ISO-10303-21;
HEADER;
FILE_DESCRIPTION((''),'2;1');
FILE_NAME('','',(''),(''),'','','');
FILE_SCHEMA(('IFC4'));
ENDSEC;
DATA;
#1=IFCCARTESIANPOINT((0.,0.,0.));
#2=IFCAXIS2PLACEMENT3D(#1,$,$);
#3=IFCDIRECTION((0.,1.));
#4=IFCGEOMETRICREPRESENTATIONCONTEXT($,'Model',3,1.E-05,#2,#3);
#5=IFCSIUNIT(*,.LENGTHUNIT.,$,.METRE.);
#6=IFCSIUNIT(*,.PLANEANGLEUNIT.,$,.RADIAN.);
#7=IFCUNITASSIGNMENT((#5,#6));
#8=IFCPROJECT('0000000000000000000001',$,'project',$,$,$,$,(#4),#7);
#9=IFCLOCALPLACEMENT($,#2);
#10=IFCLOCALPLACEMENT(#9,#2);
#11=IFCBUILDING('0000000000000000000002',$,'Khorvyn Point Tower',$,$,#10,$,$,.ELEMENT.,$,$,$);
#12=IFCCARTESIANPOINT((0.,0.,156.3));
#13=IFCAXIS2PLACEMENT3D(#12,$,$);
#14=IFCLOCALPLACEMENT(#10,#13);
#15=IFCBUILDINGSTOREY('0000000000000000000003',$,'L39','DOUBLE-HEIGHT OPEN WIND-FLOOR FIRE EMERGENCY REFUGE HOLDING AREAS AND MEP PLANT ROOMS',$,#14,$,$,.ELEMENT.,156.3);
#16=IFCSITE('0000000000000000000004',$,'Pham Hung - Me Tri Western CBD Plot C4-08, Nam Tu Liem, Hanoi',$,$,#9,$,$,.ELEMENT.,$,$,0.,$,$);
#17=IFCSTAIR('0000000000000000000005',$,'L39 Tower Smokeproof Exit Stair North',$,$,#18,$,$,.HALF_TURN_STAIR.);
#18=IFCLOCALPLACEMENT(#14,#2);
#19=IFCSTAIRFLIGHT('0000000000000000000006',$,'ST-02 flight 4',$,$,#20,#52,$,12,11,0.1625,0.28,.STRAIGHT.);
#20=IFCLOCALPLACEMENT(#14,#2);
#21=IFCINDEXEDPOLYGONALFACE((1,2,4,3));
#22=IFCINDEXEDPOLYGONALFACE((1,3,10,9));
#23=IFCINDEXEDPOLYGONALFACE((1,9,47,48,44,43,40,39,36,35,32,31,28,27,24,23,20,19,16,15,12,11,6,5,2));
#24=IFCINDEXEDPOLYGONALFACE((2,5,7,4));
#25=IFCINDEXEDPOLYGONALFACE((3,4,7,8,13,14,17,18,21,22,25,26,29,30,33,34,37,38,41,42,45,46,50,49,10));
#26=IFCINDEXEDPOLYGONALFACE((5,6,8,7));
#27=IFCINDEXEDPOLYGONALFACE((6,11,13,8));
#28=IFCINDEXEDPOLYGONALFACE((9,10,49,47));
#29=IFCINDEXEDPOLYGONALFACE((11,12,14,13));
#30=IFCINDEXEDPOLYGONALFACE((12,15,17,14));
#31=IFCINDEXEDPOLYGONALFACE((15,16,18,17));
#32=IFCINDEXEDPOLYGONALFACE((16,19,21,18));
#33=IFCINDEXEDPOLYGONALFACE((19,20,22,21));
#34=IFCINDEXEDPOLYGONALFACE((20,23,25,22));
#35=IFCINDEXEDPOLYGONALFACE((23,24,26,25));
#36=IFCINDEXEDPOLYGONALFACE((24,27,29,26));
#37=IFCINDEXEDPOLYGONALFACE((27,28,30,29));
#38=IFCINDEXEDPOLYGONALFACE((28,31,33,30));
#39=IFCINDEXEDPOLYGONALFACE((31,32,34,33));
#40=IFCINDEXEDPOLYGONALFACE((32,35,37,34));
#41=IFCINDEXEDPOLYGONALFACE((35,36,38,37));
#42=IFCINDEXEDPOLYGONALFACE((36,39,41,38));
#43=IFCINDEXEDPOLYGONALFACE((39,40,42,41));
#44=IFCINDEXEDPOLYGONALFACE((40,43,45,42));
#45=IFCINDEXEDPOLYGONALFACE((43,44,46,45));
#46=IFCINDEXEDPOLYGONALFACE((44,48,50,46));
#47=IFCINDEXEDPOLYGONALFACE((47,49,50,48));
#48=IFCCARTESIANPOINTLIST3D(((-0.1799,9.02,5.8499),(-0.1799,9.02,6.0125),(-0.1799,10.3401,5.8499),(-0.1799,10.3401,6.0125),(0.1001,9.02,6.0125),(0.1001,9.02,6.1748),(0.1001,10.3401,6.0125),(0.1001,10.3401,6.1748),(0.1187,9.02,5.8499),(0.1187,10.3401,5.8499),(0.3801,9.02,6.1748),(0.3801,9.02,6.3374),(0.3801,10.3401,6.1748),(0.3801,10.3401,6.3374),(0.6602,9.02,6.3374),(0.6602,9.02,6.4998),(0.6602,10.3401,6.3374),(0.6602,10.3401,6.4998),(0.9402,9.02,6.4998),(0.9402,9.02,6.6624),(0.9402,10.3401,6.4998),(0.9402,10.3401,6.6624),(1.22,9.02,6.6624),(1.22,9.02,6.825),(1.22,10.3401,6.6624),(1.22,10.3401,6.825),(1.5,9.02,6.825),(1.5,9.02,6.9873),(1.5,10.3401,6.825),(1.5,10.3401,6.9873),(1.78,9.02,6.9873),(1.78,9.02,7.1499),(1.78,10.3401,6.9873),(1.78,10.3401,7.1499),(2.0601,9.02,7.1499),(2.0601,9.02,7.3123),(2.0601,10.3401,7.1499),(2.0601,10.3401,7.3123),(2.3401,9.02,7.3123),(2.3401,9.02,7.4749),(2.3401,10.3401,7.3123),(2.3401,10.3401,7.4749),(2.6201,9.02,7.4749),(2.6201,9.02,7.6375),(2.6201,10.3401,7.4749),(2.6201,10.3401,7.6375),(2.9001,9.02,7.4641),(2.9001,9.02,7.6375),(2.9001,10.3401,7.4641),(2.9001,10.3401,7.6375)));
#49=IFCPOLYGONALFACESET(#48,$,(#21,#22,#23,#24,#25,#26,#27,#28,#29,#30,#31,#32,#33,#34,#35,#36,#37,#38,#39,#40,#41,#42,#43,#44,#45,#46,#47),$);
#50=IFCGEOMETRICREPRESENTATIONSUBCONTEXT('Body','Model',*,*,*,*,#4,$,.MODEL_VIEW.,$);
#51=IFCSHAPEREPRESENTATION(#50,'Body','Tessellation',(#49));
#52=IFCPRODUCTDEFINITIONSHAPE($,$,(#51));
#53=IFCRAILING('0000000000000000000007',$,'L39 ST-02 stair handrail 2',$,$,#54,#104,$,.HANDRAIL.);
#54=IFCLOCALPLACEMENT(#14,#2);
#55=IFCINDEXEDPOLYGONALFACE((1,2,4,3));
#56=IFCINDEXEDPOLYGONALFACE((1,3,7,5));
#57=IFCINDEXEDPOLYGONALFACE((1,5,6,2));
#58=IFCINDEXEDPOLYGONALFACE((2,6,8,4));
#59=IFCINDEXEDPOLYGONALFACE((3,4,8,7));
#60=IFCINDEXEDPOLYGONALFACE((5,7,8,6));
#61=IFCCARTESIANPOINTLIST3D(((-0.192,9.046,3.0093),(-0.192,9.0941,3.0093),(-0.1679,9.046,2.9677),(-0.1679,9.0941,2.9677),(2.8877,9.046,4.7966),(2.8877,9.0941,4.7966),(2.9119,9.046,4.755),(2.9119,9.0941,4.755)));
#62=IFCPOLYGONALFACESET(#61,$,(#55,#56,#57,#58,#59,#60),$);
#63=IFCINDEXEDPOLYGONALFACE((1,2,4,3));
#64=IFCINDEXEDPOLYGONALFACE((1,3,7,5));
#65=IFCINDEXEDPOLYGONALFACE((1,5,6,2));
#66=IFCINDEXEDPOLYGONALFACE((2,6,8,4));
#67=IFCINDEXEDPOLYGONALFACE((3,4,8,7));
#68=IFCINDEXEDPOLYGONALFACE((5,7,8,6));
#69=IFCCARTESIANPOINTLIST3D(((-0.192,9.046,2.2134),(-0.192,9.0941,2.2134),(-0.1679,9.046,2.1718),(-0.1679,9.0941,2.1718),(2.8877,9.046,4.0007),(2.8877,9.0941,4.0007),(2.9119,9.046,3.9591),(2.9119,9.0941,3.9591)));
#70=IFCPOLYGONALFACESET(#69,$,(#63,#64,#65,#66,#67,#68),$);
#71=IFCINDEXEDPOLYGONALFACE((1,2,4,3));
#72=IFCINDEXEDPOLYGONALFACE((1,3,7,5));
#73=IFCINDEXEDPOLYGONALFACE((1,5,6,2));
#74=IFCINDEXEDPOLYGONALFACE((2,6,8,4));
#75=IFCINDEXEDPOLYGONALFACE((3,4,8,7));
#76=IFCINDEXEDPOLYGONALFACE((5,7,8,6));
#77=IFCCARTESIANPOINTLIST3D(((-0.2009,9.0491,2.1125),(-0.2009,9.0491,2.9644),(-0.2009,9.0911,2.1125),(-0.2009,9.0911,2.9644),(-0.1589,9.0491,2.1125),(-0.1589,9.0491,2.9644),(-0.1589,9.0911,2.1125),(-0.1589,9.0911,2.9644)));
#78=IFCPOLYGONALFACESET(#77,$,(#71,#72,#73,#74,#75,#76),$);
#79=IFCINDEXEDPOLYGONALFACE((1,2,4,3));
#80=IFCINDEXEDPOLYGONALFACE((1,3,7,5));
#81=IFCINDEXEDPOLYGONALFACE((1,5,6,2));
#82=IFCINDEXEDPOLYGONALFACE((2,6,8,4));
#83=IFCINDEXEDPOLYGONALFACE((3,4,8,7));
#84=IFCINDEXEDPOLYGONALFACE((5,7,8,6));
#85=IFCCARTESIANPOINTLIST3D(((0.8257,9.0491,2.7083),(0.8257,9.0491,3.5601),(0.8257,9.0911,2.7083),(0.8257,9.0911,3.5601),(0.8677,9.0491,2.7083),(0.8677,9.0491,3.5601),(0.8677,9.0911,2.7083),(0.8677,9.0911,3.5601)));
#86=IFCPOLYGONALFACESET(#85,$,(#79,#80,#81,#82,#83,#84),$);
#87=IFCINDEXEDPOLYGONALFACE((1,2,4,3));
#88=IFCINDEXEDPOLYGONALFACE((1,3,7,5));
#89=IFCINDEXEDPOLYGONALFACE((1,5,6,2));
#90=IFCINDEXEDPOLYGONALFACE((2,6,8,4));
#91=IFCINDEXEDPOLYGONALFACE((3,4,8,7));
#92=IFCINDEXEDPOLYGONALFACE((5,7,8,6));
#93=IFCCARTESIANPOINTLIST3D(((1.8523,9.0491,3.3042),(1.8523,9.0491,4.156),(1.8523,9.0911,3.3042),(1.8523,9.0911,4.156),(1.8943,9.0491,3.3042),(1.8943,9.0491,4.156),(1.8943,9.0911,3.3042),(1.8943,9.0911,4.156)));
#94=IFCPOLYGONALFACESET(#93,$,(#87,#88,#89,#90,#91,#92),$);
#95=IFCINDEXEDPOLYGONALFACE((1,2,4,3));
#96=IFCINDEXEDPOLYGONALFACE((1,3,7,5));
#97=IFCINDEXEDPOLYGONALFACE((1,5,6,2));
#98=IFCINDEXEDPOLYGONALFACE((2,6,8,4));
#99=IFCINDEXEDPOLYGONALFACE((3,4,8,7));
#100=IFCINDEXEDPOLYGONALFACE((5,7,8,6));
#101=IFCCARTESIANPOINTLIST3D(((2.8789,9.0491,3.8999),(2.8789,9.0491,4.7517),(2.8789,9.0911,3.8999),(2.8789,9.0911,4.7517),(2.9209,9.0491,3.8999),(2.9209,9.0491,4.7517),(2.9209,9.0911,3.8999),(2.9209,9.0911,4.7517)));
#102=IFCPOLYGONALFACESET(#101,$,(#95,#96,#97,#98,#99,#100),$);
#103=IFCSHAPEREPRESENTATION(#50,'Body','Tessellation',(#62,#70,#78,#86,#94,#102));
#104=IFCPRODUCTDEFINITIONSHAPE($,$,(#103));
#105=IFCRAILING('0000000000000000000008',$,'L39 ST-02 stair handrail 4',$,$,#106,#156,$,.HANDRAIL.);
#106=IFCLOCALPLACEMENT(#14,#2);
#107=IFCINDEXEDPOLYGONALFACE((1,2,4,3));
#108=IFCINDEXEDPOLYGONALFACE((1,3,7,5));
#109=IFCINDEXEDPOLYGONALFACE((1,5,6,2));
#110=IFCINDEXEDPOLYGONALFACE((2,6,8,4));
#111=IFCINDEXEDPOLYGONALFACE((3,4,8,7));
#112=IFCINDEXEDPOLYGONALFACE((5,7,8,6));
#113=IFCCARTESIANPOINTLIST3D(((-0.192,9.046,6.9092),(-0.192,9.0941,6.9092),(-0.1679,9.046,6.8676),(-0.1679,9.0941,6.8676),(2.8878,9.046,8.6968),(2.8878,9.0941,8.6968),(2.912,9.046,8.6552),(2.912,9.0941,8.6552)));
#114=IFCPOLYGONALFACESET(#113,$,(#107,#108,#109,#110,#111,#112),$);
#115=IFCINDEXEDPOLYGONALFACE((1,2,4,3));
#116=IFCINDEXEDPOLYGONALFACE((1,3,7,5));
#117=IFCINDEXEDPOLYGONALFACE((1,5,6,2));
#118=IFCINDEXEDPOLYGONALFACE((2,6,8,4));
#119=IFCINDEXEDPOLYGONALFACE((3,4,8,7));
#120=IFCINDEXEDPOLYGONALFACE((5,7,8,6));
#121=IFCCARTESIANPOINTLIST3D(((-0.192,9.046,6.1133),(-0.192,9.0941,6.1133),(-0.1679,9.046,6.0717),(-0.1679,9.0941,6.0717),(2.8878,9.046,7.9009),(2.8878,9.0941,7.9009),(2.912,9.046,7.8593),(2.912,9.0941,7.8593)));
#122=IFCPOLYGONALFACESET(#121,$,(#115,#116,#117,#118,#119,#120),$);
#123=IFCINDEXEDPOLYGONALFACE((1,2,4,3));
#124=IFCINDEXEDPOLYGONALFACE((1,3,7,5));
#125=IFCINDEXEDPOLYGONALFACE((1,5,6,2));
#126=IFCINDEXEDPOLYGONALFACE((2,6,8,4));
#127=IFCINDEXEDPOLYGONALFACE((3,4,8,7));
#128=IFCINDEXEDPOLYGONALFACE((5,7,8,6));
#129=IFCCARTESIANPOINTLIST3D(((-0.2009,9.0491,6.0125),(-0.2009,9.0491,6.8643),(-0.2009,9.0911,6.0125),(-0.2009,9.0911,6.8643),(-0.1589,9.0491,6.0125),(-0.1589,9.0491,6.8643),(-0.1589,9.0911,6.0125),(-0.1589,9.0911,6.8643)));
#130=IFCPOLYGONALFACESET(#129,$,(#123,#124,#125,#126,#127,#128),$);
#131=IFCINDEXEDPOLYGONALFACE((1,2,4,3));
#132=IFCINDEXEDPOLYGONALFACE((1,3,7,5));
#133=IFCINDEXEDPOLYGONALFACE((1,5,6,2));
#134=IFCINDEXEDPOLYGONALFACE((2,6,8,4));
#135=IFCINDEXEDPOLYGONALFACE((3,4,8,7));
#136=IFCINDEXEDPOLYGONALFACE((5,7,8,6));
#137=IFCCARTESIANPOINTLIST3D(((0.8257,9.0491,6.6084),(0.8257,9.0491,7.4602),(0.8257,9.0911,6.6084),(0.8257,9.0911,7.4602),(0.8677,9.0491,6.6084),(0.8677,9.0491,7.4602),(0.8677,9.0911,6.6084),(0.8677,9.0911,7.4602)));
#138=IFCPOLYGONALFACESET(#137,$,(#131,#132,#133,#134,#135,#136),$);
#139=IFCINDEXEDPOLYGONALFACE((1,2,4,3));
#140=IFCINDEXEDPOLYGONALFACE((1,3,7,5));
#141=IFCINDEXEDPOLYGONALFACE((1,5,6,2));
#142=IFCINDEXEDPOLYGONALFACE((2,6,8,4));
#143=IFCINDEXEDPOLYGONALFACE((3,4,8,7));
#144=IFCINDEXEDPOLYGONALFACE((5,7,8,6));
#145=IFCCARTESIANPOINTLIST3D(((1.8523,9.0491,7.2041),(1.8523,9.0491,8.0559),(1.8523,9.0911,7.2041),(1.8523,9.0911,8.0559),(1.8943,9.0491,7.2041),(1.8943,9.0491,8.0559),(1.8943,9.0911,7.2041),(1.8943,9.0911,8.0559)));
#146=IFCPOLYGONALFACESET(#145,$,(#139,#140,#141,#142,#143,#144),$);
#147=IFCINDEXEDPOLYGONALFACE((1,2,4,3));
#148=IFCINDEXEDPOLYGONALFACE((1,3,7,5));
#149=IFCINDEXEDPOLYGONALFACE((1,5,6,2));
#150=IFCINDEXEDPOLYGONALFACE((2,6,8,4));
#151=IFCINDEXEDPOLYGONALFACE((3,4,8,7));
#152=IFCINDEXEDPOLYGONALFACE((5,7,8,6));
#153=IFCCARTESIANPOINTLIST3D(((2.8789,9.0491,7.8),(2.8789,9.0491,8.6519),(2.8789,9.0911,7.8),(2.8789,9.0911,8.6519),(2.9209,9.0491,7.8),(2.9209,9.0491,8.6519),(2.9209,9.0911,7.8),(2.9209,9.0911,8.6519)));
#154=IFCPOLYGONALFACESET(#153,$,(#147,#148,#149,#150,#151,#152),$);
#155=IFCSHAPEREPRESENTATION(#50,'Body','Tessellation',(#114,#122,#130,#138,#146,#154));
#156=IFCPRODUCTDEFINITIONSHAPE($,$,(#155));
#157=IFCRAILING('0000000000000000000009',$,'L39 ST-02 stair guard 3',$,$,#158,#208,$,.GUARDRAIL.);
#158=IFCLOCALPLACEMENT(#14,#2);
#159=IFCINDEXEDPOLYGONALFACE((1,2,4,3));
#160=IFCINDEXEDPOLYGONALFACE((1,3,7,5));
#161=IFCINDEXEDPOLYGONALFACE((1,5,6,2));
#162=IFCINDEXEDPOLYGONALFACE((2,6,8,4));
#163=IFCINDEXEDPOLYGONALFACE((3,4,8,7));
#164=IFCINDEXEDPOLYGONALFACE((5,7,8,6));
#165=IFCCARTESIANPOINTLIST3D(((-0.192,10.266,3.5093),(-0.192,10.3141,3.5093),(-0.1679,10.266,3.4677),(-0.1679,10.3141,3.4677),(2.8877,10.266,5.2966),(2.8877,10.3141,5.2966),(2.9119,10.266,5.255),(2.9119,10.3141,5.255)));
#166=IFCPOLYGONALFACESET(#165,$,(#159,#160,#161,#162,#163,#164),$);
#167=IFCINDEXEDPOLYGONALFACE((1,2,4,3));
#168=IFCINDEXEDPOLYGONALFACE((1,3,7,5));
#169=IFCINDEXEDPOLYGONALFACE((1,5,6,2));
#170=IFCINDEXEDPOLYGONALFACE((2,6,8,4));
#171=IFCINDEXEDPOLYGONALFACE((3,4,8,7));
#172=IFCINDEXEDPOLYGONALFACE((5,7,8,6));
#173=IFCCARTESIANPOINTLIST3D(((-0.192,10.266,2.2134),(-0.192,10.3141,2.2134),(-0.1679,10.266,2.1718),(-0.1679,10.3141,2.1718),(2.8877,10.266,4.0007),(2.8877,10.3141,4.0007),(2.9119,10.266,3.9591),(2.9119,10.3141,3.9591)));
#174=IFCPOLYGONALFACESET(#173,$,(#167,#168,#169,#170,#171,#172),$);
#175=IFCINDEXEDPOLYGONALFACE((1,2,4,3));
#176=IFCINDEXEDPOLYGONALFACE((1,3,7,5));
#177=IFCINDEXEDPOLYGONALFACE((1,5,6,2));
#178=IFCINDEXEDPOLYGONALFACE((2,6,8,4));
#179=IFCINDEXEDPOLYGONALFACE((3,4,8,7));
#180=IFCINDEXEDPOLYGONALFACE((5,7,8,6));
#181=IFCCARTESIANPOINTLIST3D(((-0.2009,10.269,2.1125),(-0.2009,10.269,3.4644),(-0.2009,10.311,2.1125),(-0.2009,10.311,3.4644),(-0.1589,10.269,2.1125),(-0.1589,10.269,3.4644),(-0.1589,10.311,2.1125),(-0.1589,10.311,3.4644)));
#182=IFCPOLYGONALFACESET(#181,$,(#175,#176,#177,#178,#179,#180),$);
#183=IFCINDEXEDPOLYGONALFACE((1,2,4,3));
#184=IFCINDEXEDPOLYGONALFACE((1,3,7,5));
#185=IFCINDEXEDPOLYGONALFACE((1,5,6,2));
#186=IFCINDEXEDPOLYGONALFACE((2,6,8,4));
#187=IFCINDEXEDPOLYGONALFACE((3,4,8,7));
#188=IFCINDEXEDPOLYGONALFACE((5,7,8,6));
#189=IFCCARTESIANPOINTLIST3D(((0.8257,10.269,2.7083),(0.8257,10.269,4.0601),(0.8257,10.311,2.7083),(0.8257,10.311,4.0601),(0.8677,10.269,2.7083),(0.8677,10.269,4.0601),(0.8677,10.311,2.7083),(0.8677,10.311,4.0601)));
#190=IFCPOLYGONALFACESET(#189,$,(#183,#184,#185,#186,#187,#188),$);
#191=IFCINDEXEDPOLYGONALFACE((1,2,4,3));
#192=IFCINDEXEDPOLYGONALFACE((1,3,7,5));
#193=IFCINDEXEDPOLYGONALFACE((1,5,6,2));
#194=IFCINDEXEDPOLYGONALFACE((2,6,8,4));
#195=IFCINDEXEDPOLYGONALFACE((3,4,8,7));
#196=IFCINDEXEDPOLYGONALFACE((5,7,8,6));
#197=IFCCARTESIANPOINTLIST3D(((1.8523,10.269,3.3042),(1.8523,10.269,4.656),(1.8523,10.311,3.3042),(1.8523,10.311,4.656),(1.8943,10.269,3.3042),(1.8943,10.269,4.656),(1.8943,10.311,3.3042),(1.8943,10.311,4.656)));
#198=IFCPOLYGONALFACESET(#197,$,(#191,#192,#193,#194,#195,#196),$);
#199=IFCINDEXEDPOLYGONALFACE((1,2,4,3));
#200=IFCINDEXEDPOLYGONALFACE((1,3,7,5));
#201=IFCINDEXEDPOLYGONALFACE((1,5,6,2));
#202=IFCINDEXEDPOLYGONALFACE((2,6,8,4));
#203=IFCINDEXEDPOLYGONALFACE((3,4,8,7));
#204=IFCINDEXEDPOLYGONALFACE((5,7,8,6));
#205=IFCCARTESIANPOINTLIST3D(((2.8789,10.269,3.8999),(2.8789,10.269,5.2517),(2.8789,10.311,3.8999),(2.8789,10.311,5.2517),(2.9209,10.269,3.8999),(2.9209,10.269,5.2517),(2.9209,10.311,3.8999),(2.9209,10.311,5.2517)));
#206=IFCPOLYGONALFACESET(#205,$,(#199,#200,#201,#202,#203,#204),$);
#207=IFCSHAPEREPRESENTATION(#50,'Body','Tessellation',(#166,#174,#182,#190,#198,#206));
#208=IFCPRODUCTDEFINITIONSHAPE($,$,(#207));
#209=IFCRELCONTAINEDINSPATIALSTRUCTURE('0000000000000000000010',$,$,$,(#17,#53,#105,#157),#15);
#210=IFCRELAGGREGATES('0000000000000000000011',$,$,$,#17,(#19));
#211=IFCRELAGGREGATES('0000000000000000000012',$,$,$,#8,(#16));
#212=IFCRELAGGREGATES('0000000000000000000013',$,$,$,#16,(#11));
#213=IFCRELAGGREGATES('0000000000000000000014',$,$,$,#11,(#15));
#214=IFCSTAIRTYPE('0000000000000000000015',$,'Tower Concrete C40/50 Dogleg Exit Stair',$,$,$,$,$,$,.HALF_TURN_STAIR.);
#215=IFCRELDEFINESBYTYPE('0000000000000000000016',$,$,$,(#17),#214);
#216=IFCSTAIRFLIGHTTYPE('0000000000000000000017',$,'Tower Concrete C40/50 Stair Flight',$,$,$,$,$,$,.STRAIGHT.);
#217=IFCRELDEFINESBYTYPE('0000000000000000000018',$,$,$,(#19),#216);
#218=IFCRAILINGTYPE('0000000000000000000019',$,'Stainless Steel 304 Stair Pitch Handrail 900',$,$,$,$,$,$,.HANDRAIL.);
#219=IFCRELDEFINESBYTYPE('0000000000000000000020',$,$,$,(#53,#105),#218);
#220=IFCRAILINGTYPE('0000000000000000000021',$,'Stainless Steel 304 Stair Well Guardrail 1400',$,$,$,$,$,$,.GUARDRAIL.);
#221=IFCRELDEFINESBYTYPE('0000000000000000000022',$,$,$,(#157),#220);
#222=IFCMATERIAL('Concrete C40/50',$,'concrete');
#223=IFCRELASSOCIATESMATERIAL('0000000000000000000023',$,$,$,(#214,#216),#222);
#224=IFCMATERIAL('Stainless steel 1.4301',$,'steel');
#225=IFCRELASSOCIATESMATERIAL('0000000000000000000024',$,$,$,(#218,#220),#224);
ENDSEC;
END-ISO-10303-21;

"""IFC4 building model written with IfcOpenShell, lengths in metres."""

from ifc_helpers import new_model, si_unit, direction, frame, origin, origin_2d, place, context, subcontext, project, spatial, polyline, rectangle, outline, extrude, material, type_object, element, aggregate, save


model = new_model("IFC4")

# Units and contexts
model_context = context("Model", 3, precision=1e-05, world=origin(), true_north=direction((0.0, 1.0)))
body_context = subcontext(model_context, "Body", "Model", "MODEL_VIEW")
ifc_project = project(units=[si_unit("LENGTHUNIT", "METRE"), si_unit("PLANEANGLEUNIT", "RADIAN")], contexts=[model_context])

# Site, building, storey
site_placement = place(None, origin())
site = spatial("IfcSite", under=ifc_project, at=site_placement, Name="Pham Hung - Me Tri Western CBD Plot C4-08, Nam Tu Liem, Hanoi", CompositionType="ELEMENT", RefElevation=0.0)
building_placement = place(site_placement, origin())
building = spatial("IfcBuilding", under=site, at=building_placement, Name="Khorvyn Point Tower", CompositionType="ELEMENT")
storey_placement = place(building_placement, frame((0.0, 0.0, 156.3)))
storey = spatial("IfcBuildingStorey", under=building, at=storey_placement, Name="L39", Description="DOUBLE-HEIGHT OPEN WIND-FLOOR FIRE EMERGENCY REFUGE HOLDING AREAS AND MEP PLANT ROOMS", CompositionType="ELEMENT", Elevation=156.3)

# Shared definitions
ifc_material_1 = material(Name="Concrete C40/50", Category="concrete")

# Stair
stair_type = type_object("IfcStairType", Name="Tower Concrete C40/50 Dogleg Exit Stair", PredefinedType="HALF_TURN_STAIR", material=ifc_material_1)
stair_1_placement = place(storey_placement, origin())
stair_1 = element("IfcStair", 1, at=stair_1_placement, inside=storey, type_object=stair_type, Name="L39 Tower Smokeproof Exit Stair North", PredefinedType="HALF_TURN_STAIR")

# Shared definitions
ifc_material_2 = material(Name="Stainless steel 1.4301", Category="steel")

# Stair flight
stair_flight_type = type_object("IfcStairFlightType", Name="Tower Concrete C40/50 Stair Flight", PredefinedType="STRAIGHT", material=ifc_material_1)
stair_flight_1_placement = place(storey_placement, frame((-0.1799, 9.6799, 5.8499), z_axis=(0.0, 0.0, 1.0), x_axis=(1.0, 0.0, 0.0)))
stair_flight_1 = element("IfcStairFlight", 2, at=stair_flight_1_placement, type_object=stair_flight_type, Name="ST-02 flight 4", NumberOfRisers=12, NumberOfTreads=11, PredefinedType="STRAIGHT", RiserHeight=0.1625, TreadLength=0.28, context=body_context, shape_type="SweptSolid", body=[
    extrude(outline(polyline([(0.0, 0.0), (0.0, 0.1626), (0.28, 0.1626), (0.28, 0.325), (0.5601, 0.325), (0.5601, 0.4875), (0.8401, 0.4875), (0.8401, 0.6499), (1.1201, 0.6499), (1.1201, 0.8125), (1.3999, 0.8125), (1.3999, 0.9751), (1.6799, 0.9751), (1.6799, 1.1375), (1.96, 1.1375), (1.96, 1.3), (2.24, 1.3), (2.24, 1.4624), (2.52, 1.4624), (2.52, 1.625), (2.8, 1.625), (2.8, 1.7876), (3.0801, 1.7876), (3.0801, 1.95), (3.0801, 1.6143), (0.2986, 0.0), (0.0, 0.0)])), frame((0.0, 0.6602, 0.0), z_axis=(0.0, -1.0, 0.0), x_axis=(1.0, 0.0, 0.0)), (0.0, 0.0, 1.0), 1.3201),
])
aggregate(stair_1, [stair_flight_1])

# Railings
railing_type_1 = type_object("IfcRailingType", Name="Stainless Steel 304 Stair Pitch Handrail 900", PredefinedType="HANDRAIL", material=ifc_material_2)
railing_1_placement = place(storey_placement, frame((-0.1799, 9.0701, 2.1125)))
element("IfcRailing", 3, at=railing_1_placement, inside=storey, type_object=railing_type_1, Name="L39 ST-02 stair handrail 2", PredefinedType="HANDRAIL", context=body_context, shape_type="SweptSolid", body=[
    extrude(rectangle(XDim=0.0481, YDim=0.0481, at=origin_2d()), frame((0.0, 0.0, 0.876), z_axis=(0.864903, 0.0, 0.501939), x_axis=(0.0, 1.0, 0.0)), (0.0, 0.0, 1.0), 3.5608),
    extrude(rectangle(XDim=0.0481, YDim=0.0481, at=origin_2d()), frame((0.0, 0.0, 0.0801), z_axis=(0.864903, 0.0, 0.501939), x_axis=(0.0, 1.0, 0.0)), (0.0, 0.0, 1.0), 3.5608),
    extrude(rectangle(XDim=0.042, YDim=0.042, at=origin_2d()), origin(), (0.0, 0.0, 1.0), 0.8518),
    extrude(rectangle(XDim=0.042, YDim=0.042, at=origin_2d()), frame((1.0266, 0.0, 0.5957)), (0.0, 0.0, 1.0), 0.8518),
    extrude(rectangle(XDim=0.042, YDim=0.042, at=origin_2d()), frame((2.0532, 0.0, 1.1917)), (0.0, 0.0, 1.0), 0.8518),
    extrude(rectangle(XDim=0.042, YDim=0.042, at=origin_2d()), frame((3.0798, 0.0, 1.7874)), (0.0, 0.0, 1.0), 0.8518),
])
railing_2_placement = place(storey_placement, frame((-0.1799, 9.0701, 6.0125)))
element("IfcRailing", 4, at=railing_2_placement, inside=storey, type_object=railing_type_1, Name="L39 ST-02 stair handrail 4", PredefinedType="HANDRAIL", context=body_context, shape_type="SweptSolid", body=[
    extrude(rectangle(XDim=0.0481, YDim=0.0481, at=origin_2d()), frame((0.0, 0.0, 0.876), z_axis=(0.864873, 0.0, 0.50199), x_axis=(0.0, 1.0, 0.0)), (0.0, 0.0, 1.0), 3.561),
    extrude(rectangle(XDim=0.0481, YDim=0.0481, at=origin_2d()), frame((0.0, 0.0, 0.0801), z_axis=(0.864873, 0.0, 0.50199), x_axis=(0.0, 1.0, 0.0)), (0.0, 0.0, 1.0), 3.561),
    extrude(rectangle(XDim=0.042, YDim=0.042, at=origin_2d()), origin(), (0.0, 0.0, 1.0), 0.8518),
    extrude(rectangle(XDim=0.042, YDim=0.042, at=origin_2d()), frame((1.0266, 0.0, 0.5959)), (0.0, 0.0, 1.0), 0.8518),
    extrude(rectangle(XDim=0.042, YDim=0.042, at=origin_2d()), frame((2.0532, 0.0, 1.1917)), (0.0, 0.0, 1.0), 0.8518),
    extrude(rectangle(XDim=0.042, YDim=0.042, at=origin_2d()), frame((3.0798, 0.0, 1.7876)), (0.0, 0.0, 1.0), 0.8518),
])
railing_type_2 = type_object("IfcRailingType", Name="Stainless Steel 304 Stair Well Guardrail 1400", PredefinedType="GUARDRAIL", material=ifc_material_2)
railing_3_placement = place(storey_placement, frame((-0.1799, 10.29, 2.1125)))
element("IfcRailing", 5, at=railing_3_placement, inside=storey, type_object=railing_type_2, Name="L39 ST-02 stair guard 3", PredefinedType="GUARDRAIL", context=body_context, shape_type="SweptSolid", body=[
    extrude(rectangle(XDim=0.0481, YDim=0.0481, at=origin_2d()), frame((0.0, 0.0, 1.376), z_axis=(0.864903, 0.0, 0.501939), x_axis=(0.0, 1.0, 0.0)), (0.0, 0.0, 1.0), 3.5608),
    extrude(rectangle(XDim=0.0481, YDim=0.0481, at=origin_2d()), frame((0.0, 0.0, 0.0801), z_axis=(0.864903, 0.0, 0.501939), x_axis=(0.0, 1.0, 0.0)), (0.0, 0.0, 1.0), 3.5608),
    extrude(rectangle(XDim=0.042, YDim=0.042, at=origin_2d()), origin(), (0.0, 0.0, 1.0), 1.3518),
    extrude(rectangle(XDim=0.042, YDim=0.042, at=origin_2d()), frame((1.0266, 0.0, 0.5957)), (0.0, 0.0, 1.0), 1.3518),
    extrude(rectangle(XDim=0.042, YDim=0.042, at=origin_2d()), frame((2.0532, 0.0, 1.1917)), (0.0, 0.0, 1.0), 1.3518),
    extrude(rectangle(XDim=0.042, YDim=0.042, at=origin_2d()), frame((3.0798, 0.0, 1.7874)), (0.0, 0.0, 1.0), 1.3518),
])

save(model, "model.ifc")
